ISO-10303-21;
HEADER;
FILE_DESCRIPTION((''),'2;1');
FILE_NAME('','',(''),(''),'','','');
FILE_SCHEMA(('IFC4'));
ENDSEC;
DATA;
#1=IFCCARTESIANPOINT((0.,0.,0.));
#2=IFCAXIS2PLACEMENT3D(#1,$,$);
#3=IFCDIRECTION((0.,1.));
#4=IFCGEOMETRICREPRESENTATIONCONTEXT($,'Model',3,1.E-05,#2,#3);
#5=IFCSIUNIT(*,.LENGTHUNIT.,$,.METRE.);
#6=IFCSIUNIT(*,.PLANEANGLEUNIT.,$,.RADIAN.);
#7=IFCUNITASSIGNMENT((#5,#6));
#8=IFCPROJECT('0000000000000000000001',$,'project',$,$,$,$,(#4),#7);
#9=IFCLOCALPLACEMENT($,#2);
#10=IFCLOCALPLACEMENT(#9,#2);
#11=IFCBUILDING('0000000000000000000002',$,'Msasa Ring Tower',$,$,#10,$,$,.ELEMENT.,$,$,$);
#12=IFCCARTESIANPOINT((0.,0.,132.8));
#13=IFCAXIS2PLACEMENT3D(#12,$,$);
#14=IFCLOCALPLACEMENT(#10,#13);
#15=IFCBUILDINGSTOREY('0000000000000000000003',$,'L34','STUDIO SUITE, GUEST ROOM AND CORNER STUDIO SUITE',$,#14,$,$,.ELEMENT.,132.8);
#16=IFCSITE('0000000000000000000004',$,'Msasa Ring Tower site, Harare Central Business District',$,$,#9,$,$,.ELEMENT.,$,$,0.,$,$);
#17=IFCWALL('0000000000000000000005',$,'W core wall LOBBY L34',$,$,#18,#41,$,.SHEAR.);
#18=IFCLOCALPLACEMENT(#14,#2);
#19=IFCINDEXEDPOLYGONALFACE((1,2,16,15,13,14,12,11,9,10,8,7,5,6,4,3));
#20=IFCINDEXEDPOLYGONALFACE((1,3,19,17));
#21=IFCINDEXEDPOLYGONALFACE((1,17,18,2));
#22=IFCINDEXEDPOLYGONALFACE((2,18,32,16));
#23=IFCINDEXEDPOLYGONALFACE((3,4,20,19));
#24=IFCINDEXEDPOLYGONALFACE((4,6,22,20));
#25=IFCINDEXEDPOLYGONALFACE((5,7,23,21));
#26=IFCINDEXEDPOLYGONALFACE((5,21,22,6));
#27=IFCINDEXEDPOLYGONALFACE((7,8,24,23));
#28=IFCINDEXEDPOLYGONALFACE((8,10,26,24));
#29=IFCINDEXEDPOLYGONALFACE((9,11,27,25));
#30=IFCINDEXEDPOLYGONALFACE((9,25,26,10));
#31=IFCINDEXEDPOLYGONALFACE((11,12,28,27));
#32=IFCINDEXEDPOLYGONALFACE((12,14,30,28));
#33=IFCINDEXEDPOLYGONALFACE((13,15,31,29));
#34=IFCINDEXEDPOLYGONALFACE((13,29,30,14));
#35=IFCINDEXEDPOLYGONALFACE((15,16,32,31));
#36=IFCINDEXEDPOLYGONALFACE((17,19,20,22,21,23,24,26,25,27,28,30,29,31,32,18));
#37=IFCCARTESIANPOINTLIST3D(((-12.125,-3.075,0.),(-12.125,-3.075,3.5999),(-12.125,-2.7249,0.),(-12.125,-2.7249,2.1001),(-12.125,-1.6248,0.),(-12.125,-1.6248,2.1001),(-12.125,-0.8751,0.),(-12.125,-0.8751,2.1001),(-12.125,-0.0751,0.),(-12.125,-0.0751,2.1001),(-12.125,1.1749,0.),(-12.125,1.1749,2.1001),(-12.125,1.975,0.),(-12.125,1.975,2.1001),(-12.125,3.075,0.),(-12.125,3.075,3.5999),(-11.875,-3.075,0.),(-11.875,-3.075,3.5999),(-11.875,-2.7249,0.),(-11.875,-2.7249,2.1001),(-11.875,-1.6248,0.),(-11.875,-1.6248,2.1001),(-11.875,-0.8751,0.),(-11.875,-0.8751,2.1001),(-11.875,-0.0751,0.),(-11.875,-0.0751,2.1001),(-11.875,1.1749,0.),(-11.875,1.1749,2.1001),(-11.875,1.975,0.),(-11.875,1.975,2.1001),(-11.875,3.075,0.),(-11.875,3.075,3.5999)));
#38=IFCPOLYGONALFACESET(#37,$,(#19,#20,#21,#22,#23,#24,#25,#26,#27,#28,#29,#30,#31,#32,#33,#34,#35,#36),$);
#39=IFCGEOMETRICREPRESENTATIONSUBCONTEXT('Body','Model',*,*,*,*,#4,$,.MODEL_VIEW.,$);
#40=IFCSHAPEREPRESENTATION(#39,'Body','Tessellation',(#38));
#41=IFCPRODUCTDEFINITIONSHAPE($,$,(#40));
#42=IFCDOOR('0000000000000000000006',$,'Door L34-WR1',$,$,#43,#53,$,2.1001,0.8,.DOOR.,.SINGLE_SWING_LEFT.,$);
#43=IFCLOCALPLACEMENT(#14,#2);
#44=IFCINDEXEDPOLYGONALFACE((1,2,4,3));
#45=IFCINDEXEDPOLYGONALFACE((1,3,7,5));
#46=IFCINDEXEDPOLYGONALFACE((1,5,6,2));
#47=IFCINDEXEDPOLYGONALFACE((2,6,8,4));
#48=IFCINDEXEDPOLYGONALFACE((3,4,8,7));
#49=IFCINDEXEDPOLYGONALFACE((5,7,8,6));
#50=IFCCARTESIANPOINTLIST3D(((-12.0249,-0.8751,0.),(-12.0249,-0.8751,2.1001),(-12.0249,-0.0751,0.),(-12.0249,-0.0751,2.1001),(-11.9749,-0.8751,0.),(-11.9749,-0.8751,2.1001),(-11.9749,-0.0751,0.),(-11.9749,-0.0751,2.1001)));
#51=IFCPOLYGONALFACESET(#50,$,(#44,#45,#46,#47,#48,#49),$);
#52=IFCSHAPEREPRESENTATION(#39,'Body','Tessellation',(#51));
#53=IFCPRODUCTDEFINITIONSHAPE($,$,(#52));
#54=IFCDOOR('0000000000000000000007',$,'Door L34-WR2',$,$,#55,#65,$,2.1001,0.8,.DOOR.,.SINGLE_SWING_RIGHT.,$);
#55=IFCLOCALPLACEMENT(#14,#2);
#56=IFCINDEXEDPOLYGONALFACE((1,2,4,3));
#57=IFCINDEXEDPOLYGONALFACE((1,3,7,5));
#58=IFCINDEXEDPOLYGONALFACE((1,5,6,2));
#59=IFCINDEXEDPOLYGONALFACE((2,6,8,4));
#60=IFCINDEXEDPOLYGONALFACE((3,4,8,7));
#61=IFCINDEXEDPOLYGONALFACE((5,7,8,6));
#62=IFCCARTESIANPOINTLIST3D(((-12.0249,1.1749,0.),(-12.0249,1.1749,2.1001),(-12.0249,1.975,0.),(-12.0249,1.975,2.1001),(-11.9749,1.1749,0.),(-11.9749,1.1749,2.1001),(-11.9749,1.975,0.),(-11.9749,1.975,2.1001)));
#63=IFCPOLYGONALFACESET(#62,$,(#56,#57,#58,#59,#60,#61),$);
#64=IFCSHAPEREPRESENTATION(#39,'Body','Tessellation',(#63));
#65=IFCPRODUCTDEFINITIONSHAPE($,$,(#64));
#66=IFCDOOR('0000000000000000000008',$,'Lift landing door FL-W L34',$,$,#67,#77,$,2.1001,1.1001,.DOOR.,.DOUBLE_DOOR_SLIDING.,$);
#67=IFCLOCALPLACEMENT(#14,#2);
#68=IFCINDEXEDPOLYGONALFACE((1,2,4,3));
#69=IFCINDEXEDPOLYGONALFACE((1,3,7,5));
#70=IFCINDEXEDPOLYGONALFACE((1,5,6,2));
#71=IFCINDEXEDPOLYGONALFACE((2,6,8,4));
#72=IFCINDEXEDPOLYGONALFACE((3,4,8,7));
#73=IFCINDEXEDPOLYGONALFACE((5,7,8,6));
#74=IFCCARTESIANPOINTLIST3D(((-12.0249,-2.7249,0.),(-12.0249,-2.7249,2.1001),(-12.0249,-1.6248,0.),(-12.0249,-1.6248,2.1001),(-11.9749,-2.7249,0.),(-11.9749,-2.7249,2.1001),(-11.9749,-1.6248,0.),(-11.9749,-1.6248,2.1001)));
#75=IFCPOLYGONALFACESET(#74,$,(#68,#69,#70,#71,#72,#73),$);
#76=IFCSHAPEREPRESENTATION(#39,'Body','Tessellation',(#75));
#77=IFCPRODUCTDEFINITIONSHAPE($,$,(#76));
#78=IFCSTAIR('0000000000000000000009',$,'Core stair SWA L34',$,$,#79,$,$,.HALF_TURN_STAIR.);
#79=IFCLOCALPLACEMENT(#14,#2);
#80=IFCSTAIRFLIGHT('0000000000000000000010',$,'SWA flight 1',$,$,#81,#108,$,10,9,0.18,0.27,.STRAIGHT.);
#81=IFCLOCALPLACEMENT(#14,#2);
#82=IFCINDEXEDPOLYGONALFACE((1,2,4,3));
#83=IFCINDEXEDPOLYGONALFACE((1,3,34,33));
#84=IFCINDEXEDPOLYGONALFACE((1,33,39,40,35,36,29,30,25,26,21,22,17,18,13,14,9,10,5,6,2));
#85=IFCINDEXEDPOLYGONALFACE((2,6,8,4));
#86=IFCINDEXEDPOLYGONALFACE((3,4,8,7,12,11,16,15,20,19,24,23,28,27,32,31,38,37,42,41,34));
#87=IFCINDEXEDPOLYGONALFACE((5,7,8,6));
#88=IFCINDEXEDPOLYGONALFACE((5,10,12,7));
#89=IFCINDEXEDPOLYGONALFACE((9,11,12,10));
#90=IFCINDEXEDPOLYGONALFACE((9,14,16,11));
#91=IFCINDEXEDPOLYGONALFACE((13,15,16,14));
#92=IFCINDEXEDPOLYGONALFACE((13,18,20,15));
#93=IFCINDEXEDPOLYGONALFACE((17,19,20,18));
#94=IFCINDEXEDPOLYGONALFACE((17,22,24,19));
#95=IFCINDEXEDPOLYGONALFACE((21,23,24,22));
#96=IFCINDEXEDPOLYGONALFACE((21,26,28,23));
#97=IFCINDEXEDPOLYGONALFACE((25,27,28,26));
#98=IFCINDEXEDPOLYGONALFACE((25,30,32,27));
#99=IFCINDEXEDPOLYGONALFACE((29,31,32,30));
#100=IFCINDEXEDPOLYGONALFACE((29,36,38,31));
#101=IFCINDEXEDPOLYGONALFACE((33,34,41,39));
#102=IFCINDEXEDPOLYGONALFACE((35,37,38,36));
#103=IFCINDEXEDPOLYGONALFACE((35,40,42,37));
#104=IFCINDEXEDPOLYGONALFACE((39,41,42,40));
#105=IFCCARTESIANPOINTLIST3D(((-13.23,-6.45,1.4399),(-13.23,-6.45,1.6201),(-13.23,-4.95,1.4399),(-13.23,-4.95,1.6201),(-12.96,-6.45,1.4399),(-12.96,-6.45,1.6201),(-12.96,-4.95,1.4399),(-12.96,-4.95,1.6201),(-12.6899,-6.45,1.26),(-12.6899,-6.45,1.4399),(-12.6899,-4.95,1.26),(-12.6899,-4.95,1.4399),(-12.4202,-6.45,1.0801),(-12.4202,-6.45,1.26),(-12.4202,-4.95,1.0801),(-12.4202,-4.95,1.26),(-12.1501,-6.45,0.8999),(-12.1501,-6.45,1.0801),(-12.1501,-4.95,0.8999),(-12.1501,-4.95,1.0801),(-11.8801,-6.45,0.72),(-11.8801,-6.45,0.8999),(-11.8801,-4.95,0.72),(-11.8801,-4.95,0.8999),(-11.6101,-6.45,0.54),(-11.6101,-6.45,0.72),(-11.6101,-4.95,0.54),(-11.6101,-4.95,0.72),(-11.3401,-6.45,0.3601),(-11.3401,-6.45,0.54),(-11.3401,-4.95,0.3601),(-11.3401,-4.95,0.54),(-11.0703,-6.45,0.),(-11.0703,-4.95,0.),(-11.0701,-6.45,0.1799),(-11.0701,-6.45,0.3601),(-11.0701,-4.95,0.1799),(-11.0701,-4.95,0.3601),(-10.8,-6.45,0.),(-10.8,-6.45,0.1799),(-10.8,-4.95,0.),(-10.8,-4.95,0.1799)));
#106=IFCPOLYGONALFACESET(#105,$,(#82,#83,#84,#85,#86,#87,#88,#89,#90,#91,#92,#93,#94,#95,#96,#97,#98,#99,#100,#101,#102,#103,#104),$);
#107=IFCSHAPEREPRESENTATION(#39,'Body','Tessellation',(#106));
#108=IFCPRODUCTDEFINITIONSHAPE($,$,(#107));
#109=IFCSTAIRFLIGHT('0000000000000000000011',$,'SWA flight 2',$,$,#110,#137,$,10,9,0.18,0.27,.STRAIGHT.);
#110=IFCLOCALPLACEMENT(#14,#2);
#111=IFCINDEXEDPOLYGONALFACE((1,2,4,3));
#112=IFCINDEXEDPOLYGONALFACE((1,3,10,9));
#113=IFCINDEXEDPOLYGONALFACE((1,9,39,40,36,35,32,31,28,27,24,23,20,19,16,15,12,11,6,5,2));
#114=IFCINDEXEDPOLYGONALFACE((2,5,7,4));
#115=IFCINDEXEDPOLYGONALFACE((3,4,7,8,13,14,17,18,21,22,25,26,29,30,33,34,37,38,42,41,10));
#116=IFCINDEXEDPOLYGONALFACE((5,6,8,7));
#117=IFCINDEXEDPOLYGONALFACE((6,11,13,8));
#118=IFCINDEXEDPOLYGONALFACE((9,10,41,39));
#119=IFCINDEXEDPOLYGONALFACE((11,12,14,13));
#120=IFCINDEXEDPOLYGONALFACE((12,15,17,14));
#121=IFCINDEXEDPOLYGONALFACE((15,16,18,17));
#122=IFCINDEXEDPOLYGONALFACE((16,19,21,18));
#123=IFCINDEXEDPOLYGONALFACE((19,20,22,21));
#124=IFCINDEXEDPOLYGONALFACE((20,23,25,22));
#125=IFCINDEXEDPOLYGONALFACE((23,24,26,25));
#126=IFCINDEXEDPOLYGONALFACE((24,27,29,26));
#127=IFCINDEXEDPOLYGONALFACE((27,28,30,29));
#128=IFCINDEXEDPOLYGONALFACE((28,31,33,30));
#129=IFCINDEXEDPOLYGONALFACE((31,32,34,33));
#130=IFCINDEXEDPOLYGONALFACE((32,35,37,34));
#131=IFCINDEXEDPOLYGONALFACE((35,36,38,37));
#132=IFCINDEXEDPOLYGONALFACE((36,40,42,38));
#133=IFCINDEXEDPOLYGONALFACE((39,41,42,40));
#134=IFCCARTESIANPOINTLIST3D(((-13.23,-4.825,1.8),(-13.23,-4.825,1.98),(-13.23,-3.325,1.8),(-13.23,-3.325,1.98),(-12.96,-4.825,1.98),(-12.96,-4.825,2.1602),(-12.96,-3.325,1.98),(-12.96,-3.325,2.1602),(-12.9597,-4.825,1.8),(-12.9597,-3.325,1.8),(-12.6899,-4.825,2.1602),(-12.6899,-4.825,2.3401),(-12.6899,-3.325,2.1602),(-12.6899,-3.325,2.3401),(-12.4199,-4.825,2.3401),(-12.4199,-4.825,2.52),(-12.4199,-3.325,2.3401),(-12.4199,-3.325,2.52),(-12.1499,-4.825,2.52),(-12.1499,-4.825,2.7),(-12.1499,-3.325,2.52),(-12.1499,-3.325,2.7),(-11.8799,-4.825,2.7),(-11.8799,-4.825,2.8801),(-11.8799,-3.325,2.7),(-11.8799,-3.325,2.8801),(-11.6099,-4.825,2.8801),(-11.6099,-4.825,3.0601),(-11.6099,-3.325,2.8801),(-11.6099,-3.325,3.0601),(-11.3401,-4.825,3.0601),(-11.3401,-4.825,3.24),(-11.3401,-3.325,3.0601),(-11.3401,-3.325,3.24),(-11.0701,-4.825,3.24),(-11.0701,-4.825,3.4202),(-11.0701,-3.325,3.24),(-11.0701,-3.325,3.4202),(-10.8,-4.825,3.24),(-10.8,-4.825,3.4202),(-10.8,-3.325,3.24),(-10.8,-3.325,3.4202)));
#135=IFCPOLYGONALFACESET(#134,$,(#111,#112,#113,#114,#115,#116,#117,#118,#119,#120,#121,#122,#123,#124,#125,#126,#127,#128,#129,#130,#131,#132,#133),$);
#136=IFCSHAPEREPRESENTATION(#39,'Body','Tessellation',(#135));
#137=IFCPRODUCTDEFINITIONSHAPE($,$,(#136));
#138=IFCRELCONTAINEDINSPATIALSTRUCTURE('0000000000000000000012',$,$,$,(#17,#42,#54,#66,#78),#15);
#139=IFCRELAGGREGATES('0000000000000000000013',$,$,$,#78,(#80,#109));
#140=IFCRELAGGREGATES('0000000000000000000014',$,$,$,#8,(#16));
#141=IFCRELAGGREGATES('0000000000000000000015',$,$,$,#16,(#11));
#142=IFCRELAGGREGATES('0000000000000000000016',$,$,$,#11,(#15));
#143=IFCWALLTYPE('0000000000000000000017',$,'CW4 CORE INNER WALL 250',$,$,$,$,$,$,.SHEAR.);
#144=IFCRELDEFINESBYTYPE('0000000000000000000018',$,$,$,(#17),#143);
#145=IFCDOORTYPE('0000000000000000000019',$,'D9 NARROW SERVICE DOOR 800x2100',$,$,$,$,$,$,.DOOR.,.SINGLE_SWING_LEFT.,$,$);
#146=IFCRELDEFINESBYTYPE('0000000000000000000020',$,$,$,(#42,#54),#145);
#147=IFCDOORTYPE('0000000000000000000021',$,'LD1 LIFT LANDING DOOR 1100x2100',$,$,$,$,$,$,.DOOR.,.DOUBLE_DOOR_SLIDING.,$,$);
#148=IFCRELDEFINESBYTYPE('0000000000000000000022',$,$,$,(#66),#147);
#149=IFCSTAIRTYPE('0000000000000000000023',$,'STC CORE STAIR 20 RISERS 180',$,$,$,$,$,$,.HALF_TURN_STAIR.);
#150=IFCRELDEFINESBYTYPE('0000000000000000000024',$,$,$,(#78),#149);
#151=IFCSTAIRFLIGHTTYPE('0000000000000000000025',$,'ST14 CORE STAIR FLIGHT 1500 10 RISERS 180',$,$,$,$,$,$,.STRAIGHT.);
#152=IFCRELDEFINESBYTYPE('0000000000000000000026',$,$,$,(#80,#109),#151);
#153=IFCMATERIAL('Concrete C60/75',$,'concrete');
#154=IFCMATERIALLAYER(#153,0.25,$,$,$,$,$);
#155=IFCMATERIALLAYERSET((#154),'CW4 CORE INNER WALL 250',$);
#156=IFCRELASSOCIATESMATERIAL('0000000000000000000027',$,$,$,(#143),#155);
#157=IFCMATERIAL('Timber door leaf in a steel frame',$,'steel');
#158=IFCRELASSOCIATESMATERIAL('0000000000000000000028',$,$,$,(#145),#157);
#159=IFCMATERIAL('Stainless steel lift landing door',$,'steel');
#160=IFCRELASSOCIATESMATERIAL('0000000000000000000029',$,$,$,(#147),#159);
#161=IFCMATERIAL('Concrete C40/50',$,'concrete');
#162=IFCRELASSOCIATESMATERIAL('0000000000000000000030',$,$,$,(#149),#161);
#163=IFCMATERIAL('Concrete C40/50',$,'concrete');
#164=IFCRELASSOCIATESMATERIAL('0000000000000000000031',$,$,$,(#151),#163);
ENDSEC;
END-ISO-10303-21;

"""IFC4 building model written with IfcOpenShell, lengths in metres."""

from ifc_helpers import new_model, si_unit, direction, frame, frame_2d, origin, place, context, subcontext, project, spatial, polyline, rectangle, outline, extrude, material, layer, layer_set, type_object, element, fill, aggregate, save


model = new_model("IFC4")

# Units and contexts
model_context = context("Model", 3, precision=1e-05, world=origin(), true_north=direction((0.0, 1.0)))
body_context = subcontext(model_context, "Body", "Model", "MODEL_VIEW")
ifc_project = project(units=[si_unit("LENGTHUNIT", "METRE"), si_unit("PLANEANGLEUNIT", "RADIAN")], contexts=[model_context])

# Site, building, storey
site_placement = place(None, origin())
site = spatial("IfcSite", under=ifc_project, at=site_placement, Name="Msasa Ring Tower site, Harare Central Business District", CompositionType="ELEMENT", RefElevation=0.0)
building_placement = place(site_placement, origin())
building = spatial("IfcBuilding", under=site, at=building_placement, Name="Msasa Ring Tower", CompositionType="ELEMENT")
storey_placement = place(building_placement, frame((0.0, 0.0, 132.8)))
storey = spatial("IfcBuildingStorey", under=building, at=storey_placement, Name="L34", Description="STUDIO SUITE, GUEST ROOM AND CORNER STUDIO SUITE", CompositionType="ELEMENT", Elevation=132.8)

# Shared definitions
ifc_material_1 = material(Name="Concrete C60/75", Category="concrete")
ifc_layer_1 = layer(ifc_material_1, 0.25)
ifc_layer_set_1 = layer_set([ifc_layer_1], Name="CW4 CORE INNER WALL 250")
wall_type_1 = type_object("IfcWallType", Name="CW4 CORE INNER WALL 250", PredefinedType="SHEAR", material=ifc_layer_set_1)

# Wall, openings, doors
wall_1_placement = place(storey_placement, frame((-12.0, -3.075, 0.0), z_axis=(0.0, 0.0, 1.0), x_axis=(0.0, 1.0, 0.0)))
wall_1 = element("IfcWall", 1, at=wall_1_placement, inside=storey, type_object=wall_type_1, Name="W core wall LOBBY L34", PredefinedType="SHEAR", context=body_context, shape_type="SweptSolid", body=[
    extrude(rectangle(XDim=6.1499, YDim=0.25, at=frame_2d((3.075, 0.0))), origin(), (0.0, 0.0, 1.0), 3.5999),
])
opening_1_placement = place(wall_1_placement, frame((2.2, 0.0, 0.0)))
opening_1 = element("IfcOpeningElement", 2, at=opening_1_placement, cuts=wall_1, PredefinedType="OPENING", context=body_context, shape_type="SweptSolid", body=[
    extrude(rectangle(XDim=0.8, YDim=2.1001, at=frame_2d((0.3999, 1.05))), frame((0.0, 0.135, 0.0), z_axis=(0.0, -1.0, 0.0), x_axis=(1.0, 0.0, 0.0)), (0.0, 0.0, 1.0), 0.27),
])
opening_2_placement = place(wall_1_placement, frame((4.25, 0.0, 0.0)))
opening_2 = element("IfcOpeningElement", 3, at=opening_2_placement, cuts=wall_1, PredefinedType="OPENING", context=body_context, shape_type="SweptSolid", body=[
    extrude(rectangle(XDim=0.8, YDim=2.1001, at=frame_2d((0.3999, 1.05))), frame((0.0, 0.135, 0.0), z_axis=(0.0, -1.0, 0.0), x_axis=(1.0, 0.0, 0.0)), (0.0, 0.0, 1.0), 0.27),
])
opening_3_placement = place(wall_1_placement, frame((0.3501, 0.0, 0.0)))
opening_3 = element("IfcOpeningElement", 4, at=opening_3_placement, cuts=wall_1, PredefinedType="OPENING", context=body_context, shape_type="SweptSolid", body=[
    extrude(rectangle(XDim=1.1001, YDim=2.1001, at=frame_2d((0.55, 1.05))), frame((0.0, 0.135, 0.0), z_axis=(0.0, -1.0, 0.0), x_axis=(1.0, 0.0, 0.0)), (0.0, 0.0, 1.0), 0.27),
])
ifc_material_2 = material(Name="Timber door leaf in a steel frame", Category="steel")
door_type_1 = type_object("IfcDoorType", Name="D9 NARROW SERVICE DOOR 800x2100", OperationType="SINGLE_SWING_LEFT", PredefinedType="DOOR", material=ifc_material_2)
door_1_placement = place(opening_1_placement, origin())
door_1 = element("IfcDoor", 5, at=door_1_placement, inside=storey, type_object=door_type_1, Name="Door L34-WR1", OperationType="SINGLE_SWING_LEFT", OverallHeight=2.1001, OverallWidth=0.8, PredefinedType="DOOR", context=body_context, shape_type="SweptSolid", body=[
    extrude(rectangle(XDim=0.8, YDim=2.1001, at=frame_2d((0.3999, 1.05))), frame((0.0, 0.0249, 0.0), z_axis=(0.0, -1.0, 0.0), x_axis=(1.0, 0.0, 0.0)), (0.0, 0.0, 1.0), 0.05),
])
fill(opening_1, door_1)
door_2_placement = place(opening_2_placement, origin())
door_2 = element("IfcDoor", 6, at=door_2_placement, inside=storey, type_object=door_type_1, Name="Door L34-WR2", OperationType="SINGLE_SWING_RIGHT", OverallHeight=2.1001, OverallWidth=0.8, PredefinedType="DOOR", context=body_context, shape_type="SweptSolid", body=[
    extrude(rectangle(XDim=0.8, YDim=2.1001, at=frame_2d((0.3999, 1.05))), frame((0.0, 0.0249, 0.0), z_axis=(0.0, -1.0, 0.0), x_axis=(1.0, 0.0, 0.0)), (0.0, 0.0, 1.0), 0.05),
])
fill(opening_2, door_2)
ifc_material_3 = material(Name="Stainless steel lift landing door", Category="steel")
door_type_2 = type_object("IfcDoorType", Name="LD1 LIFT LANDING DOOR 1100x2100", OperationType="DOUBLE_DOOR_SLIDING", PredefinedType="DOOR", material=ifc_material_3)
door_3_placement = place(opening_3_placement, origin())
door_3 = element("IfcDoor", 7, at=door_3_placement, inside=storey, type_object=door_type_2, Name="Lift landing door FL-W L34", OperationType="DOUBLE_DOOR_SLIDING", OverallHeight=2.1001, OverallWidth=1.1001, PredefinedType="DOOR", context=body_context, shape_type="SweptSolid", body=[
    extrude(rectangle(XDim=1.1001, YDim=2.1001, at=frame_2d((0.55, 1.05))), frame((0.0, 0.0249, 0.0), z_axis=(0.0, -1.0, 0.0), x_axis=(1.0, 0.0, 0.0)), (0.0, 0.0, 1.0), 0.05),
])
fill(opening_3, door_3)

# Stair, stair flights
ifc_material_4 = material(Name="Concrete C40/50", Category="concrete")
stair_type = type_object("IfcStairType", Name="STC CORE STAIR 20 RISERS 180", PredefinedType="HALF_TURN_STAIR", material=ifc_material_4)
stair_placement = place(storey_placement, origin())
stair = element("IfcStair", 8, at=stair_placement, inside=storey, type_object=stair_type, Name="Core stair SWA L34", PredefinedType="HALF_TURN_STAIR")
ifc_material_5 = material(Name="Concrete C40/50", Category="concrete")
stair_flight_type = type_object("IfcStairFlightType", Name="ST14 CORE STAIR FLIGHT 1500 10 RISERS 180", PredefinedType="STRAIGHT", material=ifc_material_5)
stair_flight_1_placement = place(storey_placement, frame((-10.8, -5.7, 0.0), z_axis=(0.0, 0.0, 1.0), x_axis=(-1.0, 0.0, 0.0)))
stair_flight_1 = element("IfcStairFlight", 9, at=stair_flight_1_placement, type_object=stair_flight_type, Name="SWA flight 1", NumberOfRisers=10, NumberOfTreads=9, PredefinedType="STRAIGHT", RiserHeight=0.18, TreadLength=0.27, context=body_context, shape_type="SweptSolid", body=[
    extrude(outline(polyline([(0.0, 0.0), (0.0, 0.1799), (0.27, 0.1799), (0.27, 0.3601), (0.54, 0.3601), (0.54, 0.54), (0.8101, 0.54), (0.8101, 0.72), (1.0801, 0.72), (1.0801, 0.8999), (1.3501, 0.8999), (1.3501, 1.0801), (1.6201, 1.0801), (1.6201, 1.26), (1.8899, 1.26), (1.8899, 1.4399), (2.1599, 1.4399), (2.1599, 1.6201), (2.4299, 1.6201), (2.4299, 1.8), (2.4299, 1.4399), (0.2703, 0.0), (0.0, 0.0)])), frame((0.0, 0.75, 0.0), z_axis=(0.0, -1.0, 0.0), x_axis=(1.0, 0.0, 0.0)), (0.0, 0.0, 1.0), 1.5),
])
stair_flight_2_placement = place(storey_placement, frame((-13.23, -4.075, 1.8), z_axis=(0.0, 0.0, 1.0), x_axis=(1.0, 0.0, 0.0)))
stair_flight_2 = element("IfcStairFlight", 10, at=stair_flight_2_placement, type_object=stair_flight_type, Name="SWA flight 2", NumberOfRisers=10, NumberOfTreads=9, PredefinedType="STRAIGHT", RiserHeight=0.18, TreadLength=0.27, context=body_context, shape_type="SweptSolid", body=[
    extrude(outline(polyline([(0.0, 0.0), (0.0, 0.1799), (0.27, 0.1799), (0.27, 0.3601), (0.54, 0.3601), (0.54, 0.54), (0.8101, 0.54), (0.8101, 0.72), (1.0801, 0.72), (1.0801, 0.8999), (1.3501, 0.8999), (1.3501, 1.0801), (1.6201, 1.0801), (1.6201, 1.26), (1.8899, 1.26), (1.8899, 1.4399), (2.1599, 1.4399), (2.1599, 1.6201), (2.4299, 1.6201), (2.4299, 1.8), (2.4299, 1.4399), (0.2703, 0.0), (0.0, 0.0)])), frame((0.0, 0.75, 0.0), z_axis=(0.0, -1.0, 0.0), x_axis=(1.0, 0.0, 0.0)), (0.0, 0.0, 1.0), 1.5),
])
aggregate(stair, [stair_flight_1, stair_flight_2])

save(model, "model.ifc")
